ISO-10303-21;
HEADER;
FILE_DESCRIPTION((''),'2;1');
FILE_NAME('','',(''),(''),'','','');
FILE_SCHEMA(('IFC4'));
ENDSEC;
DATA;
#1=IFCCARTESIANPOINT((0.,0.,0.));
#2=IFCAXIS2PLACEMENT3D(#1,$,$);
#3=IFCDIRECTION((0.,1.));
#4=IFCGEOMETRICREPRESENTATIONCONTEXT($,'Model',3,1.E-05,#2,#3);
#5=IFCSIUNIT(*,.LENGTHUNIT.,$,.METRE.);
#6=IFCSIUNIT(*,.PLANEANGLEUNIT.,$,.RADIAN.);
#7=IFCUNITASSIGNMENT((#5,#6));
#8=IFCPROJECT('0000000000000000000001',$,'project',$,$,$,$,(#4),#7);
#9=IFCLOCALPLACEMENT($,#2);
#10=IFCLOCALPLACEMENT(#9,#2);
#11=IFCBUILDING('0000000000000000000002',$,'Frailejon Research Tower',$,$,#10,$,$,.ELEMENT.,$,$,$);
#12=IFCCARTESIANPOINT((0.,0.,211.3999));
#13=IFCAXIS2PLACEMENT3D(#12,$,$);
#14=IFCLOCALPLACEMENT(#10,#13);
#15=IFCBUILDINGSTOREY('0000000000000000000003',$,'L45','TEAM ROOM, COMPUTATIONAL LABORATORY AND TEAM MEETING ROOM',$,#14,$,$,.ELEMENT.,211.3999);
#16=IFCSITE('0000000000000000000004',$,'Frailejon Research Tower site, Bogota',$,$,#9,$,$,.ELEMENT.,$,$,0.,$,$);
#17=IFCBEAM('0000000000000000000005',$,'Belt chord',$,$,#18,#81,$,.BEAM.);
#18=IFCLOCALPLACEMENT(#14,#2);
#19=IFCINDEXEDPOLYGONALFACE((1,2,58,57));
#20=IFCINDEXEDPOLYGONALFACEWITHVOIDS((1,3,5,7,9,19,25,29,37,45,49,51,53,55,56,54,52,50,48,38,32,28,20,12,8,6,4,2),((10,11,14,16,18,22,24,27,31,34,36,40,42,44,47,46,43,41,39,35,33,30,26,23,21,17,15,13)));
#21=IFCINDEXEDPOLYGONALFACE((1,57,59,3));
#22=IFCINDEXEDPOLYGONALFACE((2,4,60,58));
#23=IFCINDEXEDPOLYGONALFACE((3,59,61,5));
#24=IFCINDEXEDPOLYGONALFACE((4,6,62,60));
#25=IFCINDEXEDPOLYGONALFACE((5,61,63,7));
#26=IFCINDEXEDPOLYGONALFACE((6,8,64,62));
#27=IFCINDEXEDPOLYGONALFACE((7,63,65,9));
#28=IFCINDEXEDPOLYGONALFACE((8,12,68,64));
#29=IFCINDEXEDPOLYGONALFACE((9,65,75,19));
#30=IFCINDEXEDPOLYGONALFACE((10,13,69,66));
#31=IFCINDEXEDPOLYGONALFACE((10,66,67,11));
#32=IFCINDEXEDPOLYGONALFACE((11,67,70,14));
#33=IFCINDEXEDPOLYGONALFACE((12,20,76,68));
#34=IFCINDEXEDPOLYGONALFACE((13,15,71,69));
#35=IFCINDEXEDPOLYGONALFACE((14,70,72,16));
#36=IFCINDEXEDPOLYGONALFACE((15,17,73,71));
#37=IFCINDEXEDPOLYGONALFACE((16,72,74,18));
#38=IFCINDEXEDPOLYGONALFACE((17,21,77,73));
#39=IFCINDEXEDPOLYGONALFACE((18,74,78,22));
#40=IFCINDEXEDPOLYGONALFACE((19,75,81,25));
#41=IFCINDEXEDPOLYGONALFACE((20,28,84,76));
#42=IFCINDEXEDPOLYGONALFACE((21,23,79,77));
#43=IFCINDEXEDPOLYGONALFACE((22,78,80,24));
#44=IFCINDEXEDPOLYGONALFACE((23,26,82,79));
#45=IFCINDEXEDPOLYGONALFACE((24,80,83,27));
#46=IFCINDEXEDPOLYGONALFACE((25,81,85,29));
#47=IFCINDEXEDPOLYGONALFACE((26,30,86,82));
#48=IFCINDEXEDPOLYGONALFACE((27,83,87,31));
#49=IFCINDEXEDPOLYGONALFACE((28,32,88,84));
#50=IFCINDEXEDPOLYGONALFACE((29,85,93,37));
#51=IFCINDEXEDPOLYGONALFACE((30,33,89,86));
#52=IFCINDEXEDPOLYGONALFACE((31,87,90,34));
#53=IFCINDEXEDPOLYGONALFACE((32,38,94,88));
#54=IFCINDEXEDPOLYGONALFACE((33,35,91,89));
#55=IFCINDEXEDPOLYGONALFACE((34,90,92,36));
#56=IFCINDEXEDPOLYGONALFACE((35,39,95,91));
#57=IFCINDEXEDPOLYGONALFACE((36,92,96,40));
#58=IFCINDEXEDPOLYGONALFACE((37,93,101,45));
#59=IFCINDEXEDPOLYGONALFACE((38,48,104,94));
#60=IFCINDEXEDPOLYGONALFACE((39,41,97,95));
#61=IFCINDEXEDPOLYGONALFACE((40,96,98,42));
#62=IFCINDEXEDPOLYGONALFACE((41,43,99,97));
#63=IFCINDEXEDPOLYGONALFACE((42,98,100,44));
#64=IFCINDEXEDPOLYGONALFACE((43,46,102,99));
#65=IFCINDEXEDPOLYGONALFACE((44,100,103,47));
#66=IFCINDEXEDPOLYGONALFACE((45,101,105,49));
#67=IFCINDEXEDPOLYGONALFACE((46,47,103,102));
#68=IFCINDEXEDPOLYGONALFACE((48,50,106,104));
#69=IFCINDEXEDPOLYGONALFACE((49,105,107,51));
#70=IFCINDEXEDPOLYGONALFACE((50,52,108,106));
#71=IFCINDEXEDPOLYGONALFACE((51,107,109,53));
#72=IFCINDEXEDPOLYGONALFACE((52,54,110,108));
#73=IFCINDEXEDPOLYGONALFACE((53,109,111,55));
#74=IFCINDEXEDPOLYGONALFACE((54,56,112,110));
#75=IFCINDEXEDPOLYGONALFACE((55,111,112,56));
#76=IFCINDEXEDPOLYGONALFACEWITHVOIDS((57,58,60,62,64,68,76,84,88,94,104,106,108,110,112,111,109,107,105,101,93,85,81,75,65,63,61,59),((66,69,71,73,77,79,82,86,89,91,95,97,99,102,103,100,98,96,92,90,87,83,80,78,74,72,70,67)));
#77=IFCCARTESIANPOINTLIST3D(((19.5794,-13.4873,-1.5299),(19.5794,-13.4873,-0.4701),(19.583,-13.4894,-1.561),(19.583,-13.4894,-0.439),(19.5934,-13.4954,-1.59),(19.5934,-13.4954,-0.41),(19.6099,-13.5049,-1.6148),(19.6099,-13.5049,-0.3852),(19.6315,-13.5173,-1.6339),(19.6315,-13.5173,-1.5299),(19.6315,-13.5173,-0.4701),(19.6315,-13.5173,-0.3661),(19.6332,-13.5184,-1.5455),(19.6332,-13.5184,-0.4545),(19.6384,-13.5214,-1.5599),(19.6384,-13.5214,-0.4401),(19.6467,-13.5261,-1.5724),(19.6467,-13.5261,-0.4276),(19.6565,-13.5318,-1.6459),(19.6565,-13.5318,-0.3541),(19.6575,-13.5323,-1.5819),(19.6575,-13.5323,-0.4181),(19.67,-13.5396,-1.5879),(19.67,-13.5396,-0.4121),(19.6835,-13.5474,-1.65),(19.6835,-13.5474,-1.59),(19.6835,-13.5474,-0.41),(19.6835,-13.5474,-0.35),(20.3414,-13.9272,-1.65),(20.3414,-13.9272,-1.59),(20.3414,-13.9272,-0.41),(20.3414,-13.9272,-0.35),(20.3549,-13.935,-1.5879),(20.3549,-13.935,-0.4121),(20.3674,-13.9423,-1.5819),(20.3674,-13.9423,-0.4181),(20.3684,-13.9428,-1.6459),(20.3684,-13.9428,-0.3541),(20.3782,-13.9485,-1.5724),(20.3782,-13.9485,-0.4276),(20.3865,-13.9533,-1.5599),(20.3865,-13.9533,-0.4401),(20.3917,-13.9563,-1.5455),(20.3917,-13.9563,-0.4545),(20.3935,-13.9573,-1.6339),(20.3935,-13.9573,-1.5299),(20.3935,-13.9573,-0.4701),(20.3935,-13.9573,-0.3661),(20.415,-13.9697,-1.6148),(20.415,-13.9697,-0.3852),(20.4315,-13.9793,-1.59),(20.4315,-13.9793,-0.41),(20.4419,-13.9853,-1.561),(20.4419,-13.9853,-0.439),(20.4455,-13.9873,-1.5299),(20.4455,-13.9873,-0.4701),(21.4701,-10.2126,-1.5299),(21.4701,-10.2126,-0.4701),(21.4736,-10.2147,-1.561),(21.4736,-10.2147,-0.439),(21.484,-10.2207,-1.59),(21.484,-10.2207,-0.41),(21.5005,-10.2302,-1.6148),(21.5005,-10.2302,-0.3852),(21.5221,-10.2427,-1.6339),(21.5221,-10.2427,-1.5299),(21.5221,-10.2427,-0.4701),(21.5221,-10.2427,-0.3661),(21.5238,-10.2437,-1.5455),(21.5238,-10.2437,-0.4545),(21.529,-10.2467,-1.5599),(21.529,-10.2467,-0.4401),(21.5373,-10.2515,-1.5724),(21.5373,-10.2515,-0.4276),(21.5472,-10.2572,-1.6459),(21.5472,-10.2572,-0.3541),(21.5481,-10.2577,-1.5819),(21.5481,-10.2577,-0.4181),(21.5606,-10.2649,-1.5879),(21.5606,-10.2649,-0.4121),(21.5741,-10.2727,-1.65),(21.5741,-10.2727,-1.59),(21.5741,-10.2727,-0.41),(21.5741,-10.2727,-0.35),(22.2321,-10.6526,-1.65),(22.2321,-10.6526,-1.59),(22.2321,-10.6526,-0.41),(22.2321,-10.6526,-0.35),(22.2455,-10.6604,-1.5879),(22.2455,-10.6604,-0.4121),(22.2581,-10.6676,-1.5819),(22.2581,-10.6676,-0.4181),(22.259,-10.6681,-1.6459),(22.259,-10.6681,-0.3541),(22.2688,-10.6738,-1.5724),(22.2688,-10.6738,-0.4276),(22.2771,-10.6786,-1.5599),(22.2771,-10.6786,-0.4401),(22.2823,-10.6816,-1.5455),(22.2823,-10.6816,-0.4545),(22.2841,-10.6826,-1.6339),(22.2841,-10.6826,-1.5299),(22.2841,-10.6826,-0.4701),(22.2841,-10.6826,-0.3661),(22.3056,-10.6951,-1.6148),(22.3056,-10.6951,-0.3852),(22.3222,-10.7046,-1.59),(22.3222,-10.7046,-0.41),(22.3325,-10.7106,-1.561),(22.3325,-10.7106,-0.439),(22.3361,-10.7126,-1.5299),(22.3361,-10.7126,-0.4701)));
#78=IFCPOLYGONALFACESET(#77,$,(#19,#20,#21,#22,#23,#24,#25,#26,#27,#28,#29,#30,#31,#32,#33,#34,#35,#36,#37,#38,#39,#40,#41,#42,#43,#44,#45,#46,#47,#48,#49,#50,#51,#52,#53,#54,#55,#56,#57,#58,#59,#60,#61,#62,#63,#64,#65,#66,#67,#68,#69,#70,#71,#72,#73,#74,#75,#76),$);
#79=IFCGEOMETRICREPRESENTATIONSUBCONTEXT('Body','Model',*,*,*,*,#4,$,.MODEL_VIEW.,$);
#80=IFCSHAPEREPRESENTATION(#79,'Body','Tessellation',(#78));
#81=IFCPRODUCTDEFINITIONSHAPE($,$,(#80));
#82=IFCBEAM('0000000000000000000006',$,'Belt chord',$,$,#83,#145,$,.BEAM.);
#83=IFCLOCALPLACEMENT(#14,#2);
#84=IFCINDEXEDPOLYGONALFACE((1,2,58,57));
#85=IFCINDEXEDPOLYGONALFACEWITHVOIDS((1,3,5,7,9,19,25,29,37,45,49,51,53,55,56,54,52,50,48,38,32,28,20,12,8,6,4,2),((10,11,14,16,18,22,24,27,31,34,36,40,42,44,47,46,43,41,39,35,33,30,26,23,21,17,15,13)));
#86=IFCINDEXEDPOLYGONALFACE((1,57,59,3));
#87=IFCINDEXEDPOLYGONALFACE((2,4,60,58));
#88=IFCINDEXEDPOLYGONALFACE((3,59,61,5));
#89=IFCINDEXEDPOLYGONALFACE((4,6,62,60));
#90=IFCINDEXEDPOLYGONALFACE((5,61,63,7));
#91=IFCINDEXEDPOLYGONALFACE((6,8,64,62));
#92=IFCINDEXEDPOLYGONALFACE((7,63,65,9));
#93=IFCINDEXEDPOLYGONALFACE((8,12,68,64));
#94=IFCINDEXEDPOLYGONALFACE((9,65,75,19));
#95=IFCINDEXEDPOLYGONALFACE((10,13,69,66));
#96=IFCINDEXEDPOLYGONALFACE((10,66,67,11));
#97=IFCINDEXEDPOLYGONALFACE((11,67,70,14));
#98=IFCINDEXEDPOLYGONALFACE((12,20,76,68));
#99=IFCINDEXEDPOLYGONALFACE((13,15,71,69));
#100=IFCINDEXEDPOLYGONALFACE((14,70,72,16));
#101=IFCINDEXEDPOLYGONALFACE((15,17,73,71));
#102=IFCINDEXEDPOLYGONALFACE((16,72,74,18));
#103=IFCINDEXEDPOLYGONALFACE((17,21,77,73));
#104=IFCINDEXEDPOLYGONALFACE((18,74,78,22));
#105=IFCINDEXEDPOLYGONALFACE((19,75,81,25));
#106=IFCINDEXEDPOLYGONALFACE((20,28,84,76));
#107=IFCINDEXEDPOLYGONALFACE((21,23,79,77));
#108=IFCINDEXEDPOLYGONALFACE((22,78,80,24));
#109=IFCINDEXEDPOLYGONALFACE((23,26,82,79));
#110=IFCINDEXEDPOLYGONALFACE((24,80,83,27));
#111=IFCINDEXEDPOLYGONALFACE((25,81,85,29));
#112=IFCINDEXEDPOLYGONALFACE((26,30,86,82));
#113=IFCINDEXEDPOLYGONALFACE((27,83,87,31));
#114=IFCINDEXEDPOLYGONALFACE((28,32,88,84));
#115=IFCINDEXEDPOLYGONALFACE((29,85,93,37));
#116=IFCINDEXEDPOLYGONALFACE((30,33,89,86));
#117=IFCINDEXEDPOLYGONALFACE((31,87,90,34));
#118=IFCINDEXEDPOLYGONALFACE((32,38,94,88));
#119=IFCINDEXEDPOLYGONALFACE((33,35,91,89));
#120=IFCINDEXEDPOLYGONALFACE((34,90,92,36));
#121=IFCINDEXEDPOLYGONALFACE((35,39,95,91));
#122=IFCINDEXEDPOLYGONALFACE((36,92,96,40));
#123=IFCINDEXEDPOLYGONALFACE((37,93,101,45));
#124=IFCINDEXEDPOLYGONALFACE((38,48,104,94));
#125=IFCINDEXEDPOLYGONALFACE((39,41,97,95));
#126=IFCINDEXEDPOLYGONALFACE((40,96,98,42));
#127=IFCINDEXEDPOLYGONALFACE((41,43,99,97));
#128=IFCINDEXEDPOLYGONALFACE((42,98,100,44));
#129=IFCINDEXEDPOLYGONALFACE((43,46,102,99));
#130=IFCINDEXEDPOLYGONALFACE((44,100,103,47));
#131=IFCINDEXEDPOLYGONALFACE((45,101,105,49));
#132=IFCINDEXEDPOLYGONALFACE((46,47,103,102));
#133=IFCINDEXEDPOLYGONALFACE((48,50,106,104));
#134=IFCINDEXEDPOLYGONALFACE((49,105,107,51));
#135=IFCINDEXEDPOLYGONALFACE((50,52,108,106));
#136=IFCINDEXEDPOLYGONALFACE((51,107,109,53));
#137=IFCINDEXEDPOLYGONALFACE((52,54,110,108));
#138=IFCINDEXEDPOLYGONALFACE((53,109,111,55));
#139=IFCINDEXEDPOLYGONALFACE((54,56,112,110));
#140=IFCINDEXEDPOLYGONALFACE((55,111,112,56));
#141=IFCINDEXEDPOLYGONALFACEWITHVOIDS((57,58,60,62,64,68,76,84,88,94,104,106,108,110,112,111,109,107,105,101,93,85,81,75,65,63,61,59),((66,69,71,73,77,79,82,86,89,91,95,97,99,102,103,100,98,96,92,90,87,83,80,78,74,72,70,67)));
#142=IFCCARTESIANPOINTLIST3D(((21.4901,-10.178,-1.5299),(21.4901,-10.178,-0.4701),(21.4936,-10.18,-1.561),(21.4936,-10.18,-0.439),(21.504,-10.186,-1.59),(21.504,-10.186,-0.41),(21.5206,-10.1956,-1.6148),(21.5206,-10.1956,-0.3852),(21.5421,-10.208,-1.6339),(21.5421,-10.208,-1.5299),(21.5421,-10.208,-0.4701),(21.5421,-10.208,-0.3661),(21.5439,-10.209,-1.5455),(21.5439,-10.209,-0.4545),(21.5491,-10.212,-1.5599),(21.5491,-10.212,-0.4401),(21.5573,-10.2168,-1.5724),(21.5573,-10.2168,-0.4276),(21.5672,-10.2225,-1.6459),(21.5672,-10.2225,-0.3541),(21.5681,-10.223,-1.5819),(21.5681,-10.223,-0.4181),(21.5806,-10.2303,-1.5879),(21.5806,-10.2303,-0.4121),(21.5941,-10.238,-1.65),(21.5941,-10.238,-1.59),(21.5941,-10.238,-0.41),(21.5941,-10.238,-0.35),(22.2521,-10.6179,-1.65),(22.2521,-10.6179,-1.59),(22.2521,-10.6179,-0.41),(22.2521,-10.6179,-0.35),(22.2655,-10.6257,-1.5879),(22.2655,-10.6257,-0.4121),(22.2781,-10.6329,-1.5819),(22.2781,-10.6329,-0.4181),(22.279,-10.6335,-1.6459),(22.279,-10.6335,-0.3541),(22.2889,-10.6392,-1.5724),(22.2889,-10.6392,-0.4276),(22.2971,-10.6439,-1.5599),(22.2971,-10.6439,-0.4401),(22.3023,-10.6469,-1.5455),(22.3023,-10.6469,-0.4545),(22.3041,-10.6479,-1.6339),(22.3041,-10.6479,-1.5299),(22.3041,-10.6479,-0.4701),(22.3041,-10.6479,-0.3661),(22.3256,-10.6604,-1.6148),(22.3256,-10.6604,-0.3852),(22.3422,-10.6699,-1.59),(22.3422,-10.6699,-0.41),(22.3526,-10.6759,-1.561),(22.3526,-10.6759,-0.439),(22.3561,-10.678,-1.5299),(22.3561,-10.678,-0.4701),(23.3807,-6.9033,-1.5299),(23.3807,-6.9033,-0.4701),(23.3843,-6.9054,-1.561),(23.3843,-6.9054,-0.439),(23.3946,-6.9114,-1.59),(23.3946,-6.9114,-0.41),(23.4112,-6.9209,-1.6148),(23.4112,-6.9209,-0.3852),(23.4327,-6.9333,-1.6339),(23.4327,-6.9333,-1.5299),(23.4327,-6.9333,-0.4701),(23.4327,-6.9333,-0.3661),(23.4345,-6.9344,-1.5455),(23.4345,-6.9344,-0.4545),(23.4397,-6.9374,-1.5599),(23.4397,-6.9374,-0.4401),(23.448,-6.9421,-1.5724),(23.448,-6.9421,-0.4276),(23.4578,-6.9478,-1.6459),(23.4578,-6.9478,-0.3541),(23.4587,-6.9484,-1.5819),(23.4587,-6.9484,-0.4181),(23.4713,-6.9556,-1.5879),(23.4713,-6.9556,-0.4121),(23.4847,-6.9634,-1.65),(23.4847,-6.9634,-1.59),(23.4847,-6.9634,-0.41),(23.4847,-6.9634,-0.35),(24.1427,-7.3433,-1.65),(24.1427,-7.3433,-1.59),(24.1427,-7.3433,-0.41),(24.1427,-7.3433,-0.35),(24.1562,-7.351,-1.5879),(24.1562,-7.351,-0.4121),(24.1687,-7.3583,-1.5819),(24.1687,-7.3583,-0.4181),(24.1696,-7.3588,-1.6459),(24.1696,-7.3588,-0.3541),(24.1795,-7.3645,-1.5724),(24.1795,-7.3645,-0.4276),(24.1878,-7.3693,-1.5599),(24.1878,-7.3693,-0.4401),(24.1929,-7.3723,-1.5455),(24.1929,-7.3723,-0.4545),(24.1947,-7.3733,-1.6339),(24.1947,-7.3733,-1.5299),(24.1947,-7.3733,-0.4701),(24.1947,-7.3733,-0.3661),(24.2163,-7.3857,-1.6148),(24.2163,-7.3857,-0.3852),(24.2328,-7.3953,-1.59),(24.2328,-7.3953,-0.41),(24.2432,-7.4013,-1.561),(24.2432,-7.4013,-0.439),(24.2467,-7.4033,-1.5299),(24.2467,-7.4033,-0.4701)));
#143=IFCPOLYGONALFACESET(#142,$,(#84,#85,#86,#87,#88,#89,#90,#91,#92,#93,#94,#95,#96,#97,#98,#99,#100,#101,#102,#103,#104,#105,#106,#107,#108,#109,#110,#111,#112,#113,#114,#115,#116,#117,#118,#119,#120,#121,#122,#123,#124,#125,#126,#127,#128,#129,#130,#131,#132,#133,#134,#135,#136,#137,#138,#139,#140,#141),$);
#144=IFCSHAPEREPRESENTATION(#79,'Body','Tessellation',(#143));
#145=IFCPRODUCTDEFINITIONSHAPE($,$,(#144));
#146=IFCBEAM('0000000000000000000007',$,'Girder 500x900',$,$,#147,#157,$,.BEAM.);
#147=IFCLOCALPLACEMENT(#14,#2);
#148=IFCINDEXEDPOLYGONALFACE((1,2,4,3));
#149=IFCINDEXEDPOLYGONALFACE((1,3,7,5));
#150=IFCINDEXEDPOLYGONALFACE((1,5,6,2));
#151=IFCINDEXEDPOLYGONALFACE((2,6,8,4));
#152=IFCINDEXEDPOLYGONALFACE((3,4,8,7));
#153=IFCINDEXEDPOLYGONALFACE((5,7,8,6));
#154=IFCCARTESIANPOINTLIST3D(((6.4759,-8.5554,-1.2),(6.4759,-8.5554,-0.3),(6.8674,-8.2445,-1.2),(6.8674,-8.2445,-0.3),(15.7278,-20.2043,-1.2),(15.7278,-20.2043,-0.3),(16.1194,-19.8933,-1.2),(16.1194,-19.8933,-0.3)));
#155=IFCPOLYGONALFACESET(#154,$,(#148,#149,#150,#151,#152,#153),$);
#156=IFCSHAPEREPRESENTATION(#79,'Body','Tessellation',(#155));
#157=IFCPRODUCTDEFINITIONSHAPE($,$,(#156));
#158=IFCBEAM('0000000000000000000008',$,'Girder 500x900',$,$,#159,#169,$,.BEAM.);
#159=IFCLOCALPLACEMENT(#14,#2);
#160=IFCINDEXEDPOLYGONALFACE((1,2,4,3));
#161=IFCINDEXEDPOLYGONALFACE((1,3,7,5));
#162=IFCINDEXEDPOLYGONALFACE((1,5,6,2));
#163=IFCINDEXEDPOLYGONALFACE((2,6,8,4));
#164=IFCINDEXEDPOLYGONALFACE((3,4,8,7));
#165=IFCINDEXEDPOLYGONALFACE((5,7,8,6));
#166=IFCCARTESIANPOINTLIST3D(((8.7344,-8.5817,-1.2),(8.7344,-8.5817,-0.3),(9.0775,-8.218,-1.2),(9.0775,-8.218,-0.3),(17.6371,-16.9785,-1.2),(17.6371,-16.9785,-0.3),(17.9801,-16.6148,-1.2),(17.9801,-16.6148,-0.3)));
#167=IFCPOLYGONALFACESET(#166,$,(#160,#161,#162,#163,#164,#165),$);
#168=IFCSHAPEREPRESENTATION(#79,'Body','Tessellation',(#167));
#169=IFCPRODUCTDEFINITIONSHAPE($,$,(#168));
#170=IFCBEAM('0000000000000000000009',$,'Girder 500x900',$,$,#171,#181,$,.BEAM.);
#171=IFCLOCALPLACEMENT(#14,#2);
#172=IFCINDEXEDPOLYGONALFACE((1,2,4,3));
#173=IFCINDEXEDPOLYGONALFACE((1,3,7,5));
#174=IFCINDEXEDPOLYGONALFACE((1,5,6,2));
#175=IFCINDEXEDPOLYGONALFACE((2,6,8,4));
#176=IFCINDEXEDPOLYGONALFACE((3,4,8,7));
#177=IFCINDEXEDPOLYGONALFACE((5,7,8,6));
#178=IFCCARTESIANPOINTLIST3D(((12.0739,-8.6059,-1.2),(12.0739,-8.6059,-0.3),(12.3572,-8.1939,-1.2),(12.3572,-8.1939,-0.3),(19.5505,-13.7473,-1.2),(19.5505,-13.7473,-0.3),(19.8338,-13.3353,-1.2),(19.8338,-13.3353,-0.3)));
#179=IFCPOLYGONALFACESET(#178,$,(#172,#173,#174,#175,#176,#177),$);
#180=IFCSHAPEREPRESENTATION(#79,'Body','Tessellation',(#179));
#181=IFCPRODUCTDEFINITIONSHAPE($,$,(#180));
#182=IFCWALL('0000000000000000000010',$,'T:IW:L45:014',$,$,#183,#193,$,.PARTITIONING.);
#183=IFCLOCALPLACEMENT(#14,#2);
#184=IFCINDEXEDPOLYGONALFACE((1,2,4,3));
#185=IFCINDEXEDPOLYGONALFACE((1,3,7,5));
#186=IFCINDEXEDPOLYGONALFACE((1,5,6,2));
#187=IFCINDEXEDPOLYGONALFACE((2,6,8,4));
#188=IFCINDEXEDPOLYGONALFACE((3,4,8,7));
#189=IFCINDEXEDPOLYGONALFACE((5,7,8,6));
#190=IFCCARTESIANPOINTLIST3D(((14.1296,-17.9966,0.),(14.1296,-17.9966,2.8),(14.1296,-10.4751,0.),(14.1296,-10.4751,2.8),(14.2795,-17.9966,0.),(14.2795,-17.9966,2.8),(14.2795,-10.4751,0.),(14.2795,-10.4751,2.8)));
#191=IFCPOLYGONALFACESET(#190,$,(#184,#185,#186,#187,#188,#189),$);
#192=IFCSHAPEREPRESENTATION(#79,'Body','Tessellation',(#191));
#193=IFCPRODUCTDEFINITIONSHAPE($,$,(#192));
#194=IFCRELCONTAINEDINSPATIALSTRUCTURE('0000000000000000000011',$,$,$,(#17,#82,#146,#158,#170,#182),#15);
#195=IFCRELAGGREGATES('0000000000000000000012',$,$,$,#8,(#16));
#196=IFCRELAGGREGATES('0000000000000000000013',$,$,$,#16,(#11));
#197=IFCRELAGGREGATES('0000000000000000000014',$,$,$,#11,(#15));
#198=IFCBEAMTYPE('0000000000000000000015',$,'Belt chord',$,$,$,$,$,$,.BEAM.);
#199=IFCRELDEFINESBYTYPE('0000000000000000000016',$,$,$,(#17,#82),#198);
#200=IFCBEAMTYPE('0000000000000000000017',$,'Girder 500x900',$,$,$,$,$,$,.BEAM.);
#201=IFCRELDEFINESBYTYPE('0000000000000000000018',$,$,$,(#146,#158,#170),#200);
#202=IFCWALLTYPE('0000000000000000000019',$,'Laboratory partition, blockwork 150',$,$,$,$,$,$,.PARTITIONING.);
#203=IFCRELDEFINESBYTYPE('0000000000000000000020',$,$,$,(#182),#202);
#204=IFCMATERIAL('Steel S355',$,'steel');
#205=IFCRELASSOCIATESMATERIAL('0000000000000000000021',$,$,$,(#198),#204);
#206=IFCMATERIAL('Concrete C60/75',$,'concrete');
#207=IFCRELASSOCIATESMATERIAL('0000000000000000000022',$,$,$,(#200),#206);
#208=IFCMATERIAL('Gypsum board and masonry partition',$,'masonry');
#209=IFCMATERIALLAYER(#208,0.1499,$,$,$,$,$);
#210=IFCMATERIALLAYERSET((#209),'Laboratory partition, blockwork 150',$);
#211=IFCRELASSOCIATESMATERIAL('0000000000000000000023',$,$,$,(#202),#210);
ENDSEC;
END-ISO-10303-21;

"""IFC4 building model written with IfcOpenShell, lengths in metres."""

from ifc_helpers import new_model, si_unit, direction, frame, frame_2d, origin, origin_2d, place, context, subcontext, project, spatial, rectangle, hollow_rectangle, extrude, material, layer, layer_set, material_profile, profile_set, type_object, element, save


model = new_model("IFC4")

# Units and contexts
model_context = context("Model", 3, precision=1e-05, world=origin(), true_north=direction((0.0, 1.0)))
body_context = subcontext(model_context, "Body", "Model", "MODEL_VIEW")
ifc_project = project(units=[si_unit("LENGTHUNIT", "METRE"), si_unit("PLANEANGLEUNIT", "RADIAN")], contexts=[model_context])

# Site, building, storey
site_placement = place(None, origin())
site = spatial("IfcSite", under=ifc_project, at=site_placement, Name="Frailejon Research Tower site, Bogota", CompositionType="ELEMENT", RefElevation=0.0)
building_placement = place(site_placement, origin())
building = spatial("IfcBuilding", under=site, at=building_placement, Name="Frailejon Research Tower", CompositionType="ELEMENT")
storey_placement = place(building_placement, frame((0.0, 0.0, 211.3999)))
storey = spatial("IfcBuildingStorey", under=building, at=storey_placement, Name="L45", Description="TEAM ROOM, COMPUTATIONAL LABORATORY AND TEAM MEETING ROOM", CompositionType="ELEMENT", Elevation=211.3999)

# Beams
ifc_material_1 = material(Name="Steel S355", Category="steel")
ifc_material_profile_1 = material_profile(ifc_material_1, hollow_rectangle(XDim=1.0, YDim=1.3, WallThickness=0.0601, InnerFilletRadius=0.0601, OuterFilletRadius=0.1201, at=origin_2d()), Name="Belt chord")
ifc_profile_set_1 = profile_set([ifc_material_profile_1], Name="Steel S355")
beam_type_1 = type_object("IfcBeamType", Name="Belt chord", PredefinedType="BEAM", material=ifc_profile_set_1)
for number, where, z_axis, x_axis, name in (
    (1, (20.0125, -13.7373, -1.0), (0.5, 0.866025, 0.0), (-0.866025, 0.5, 0.0), "Belt chord"),
    (2, (21.9231, -10.428, -1.0), (0.5, 0.866025, 0.0), (-0.866025, 0.5, 0.0), "Belt chord"),
):
    element("IfcBeam", number, at=place(storey_placement, frame(where, z_axis=z_axis, x_axis=x_axis)), inside=storey, type_object=beam_type_1, Name=name, PredefinedType="BEAM", context=body_context, shape_type="SweptSolid", body=[
        extrude(hollow_rectangle(XDim=1.0, YDim=1.3, WallThickness=0.0601, InnerFilletRadius=0.0601, OuterFilletRadius=0.1201, at=origin_2d()), origin(), (0.0, 0.0, 1.0), 3.7812),
    ])
ifc_material_2 = material(Name="Concrete C60/75", Category="concrete")
ifc_material_profile_2 = material_profile(ifc_material_2, rectangle(XDim=0.5, YDim=0.8999, at=origin_2d()), Name="Girder 500x900")
ifc_profile_set_2 = profile_set([ifc_material_profile_2], Name="Concrete C60/75")
beam_type_2 = type_object("IfcBeamType", Name="Girder 500x900", PredefinedType="BEAM", material=ifc_profile_set_2)
beam_1_placement = place(storey_placement, frame((15.9236, -20.0488, -0.75), z_axis=(-0.621937, 0.783067, 0.0), x_axis=(-0.783067, -0.621937, 0.0)))
element("IfcBeam", 3, at=beam_1_placement, inside=storey, type_object=beam_type_2, Name="Girder 500x900", PredefinedType="BEAM", context=body_context, shape_type="SweptSolid", body=[
    extrude(rectangle(XDim=0.5, YDim=0.8999, at=origin_2d()), origin(), (0.0, 0.0, 1.0), 14.876),
])
beam_2_placement = place(storey_placement, frame((17.8086, -16.7966, -0.75), z_axis=(-0.727473, 0.686137, 0.0), x_axis=(-0.686137, -0.727473, 0.0)))
element("IfcBeam", 4, at=beam_2_placement, inside=storey, type_object=beam_type_2, Name="Girder 500x900", PredefinedType="BEAM", context=body_context, shape_type="SweptSolid", body=[
    extrude(rectangle(XDim=0.5, YDim=0.8999, at=origin_2d()), origin(), (0.0, 0.0, 1.0), 12.2378),
])
beam_3_placement = place(storey_placement, frame((19.6921, -13.5413, -0.75), z_axis=(-0.823979, 0.56662, 0.0), x_axis=(-0.56662, -0.823979, 0.0)))
element("IfcBeam", 5, at=beam_3_placement, inside=storey, type_object=beam_type_2, Name="Girder 500x900", PredefinedType="BEAM", context=body_context, shape_type="SweptSolid", body=[
    extrude(rectangle(XDim=0.5, YDim=0.8999, at=origin_2d()), origin(), (0.0, 0.0, 1.0), 9.0737),
])

# Wall
ifc_material_3 = material(Name="Gypsum board and masonry partition", Category="masonry")
ifc_layer_1 = layer(ifc_material_3, 0.1499)
ifc_layer_set_1 = layer_set([ifc_layer_1], Name="Laboratory partition, blockwork 150")
wall_type = type_object("IfcWallType", Name="Laboratory partition, blockwork 150", PredefinedType="PARTITIONING", material=ifc_layer_set_1)
wall_placement = place(storey_placement, frame((14.2046, -17.9966, 0.0), z_axis=(0.0, 0.0, 1.0), x_axis=(0.0, 1.0, 0.0)))
element("IfcWall", 6, at=wall_placement, inside=storey, type_object=wall_type, Name="T:IW:L45:014", PredefinedType="PARTITIONING", context=body_context, shape_type="SweptSolid", body=[
    extrude(rectangle(XDim=7.5215, YDim=0.1499, at=frame_2d((3.7607, 0.0))), origin(), (0.0, 0.0, 1.0), 2.8),
])

save(model, "model.ifc")
